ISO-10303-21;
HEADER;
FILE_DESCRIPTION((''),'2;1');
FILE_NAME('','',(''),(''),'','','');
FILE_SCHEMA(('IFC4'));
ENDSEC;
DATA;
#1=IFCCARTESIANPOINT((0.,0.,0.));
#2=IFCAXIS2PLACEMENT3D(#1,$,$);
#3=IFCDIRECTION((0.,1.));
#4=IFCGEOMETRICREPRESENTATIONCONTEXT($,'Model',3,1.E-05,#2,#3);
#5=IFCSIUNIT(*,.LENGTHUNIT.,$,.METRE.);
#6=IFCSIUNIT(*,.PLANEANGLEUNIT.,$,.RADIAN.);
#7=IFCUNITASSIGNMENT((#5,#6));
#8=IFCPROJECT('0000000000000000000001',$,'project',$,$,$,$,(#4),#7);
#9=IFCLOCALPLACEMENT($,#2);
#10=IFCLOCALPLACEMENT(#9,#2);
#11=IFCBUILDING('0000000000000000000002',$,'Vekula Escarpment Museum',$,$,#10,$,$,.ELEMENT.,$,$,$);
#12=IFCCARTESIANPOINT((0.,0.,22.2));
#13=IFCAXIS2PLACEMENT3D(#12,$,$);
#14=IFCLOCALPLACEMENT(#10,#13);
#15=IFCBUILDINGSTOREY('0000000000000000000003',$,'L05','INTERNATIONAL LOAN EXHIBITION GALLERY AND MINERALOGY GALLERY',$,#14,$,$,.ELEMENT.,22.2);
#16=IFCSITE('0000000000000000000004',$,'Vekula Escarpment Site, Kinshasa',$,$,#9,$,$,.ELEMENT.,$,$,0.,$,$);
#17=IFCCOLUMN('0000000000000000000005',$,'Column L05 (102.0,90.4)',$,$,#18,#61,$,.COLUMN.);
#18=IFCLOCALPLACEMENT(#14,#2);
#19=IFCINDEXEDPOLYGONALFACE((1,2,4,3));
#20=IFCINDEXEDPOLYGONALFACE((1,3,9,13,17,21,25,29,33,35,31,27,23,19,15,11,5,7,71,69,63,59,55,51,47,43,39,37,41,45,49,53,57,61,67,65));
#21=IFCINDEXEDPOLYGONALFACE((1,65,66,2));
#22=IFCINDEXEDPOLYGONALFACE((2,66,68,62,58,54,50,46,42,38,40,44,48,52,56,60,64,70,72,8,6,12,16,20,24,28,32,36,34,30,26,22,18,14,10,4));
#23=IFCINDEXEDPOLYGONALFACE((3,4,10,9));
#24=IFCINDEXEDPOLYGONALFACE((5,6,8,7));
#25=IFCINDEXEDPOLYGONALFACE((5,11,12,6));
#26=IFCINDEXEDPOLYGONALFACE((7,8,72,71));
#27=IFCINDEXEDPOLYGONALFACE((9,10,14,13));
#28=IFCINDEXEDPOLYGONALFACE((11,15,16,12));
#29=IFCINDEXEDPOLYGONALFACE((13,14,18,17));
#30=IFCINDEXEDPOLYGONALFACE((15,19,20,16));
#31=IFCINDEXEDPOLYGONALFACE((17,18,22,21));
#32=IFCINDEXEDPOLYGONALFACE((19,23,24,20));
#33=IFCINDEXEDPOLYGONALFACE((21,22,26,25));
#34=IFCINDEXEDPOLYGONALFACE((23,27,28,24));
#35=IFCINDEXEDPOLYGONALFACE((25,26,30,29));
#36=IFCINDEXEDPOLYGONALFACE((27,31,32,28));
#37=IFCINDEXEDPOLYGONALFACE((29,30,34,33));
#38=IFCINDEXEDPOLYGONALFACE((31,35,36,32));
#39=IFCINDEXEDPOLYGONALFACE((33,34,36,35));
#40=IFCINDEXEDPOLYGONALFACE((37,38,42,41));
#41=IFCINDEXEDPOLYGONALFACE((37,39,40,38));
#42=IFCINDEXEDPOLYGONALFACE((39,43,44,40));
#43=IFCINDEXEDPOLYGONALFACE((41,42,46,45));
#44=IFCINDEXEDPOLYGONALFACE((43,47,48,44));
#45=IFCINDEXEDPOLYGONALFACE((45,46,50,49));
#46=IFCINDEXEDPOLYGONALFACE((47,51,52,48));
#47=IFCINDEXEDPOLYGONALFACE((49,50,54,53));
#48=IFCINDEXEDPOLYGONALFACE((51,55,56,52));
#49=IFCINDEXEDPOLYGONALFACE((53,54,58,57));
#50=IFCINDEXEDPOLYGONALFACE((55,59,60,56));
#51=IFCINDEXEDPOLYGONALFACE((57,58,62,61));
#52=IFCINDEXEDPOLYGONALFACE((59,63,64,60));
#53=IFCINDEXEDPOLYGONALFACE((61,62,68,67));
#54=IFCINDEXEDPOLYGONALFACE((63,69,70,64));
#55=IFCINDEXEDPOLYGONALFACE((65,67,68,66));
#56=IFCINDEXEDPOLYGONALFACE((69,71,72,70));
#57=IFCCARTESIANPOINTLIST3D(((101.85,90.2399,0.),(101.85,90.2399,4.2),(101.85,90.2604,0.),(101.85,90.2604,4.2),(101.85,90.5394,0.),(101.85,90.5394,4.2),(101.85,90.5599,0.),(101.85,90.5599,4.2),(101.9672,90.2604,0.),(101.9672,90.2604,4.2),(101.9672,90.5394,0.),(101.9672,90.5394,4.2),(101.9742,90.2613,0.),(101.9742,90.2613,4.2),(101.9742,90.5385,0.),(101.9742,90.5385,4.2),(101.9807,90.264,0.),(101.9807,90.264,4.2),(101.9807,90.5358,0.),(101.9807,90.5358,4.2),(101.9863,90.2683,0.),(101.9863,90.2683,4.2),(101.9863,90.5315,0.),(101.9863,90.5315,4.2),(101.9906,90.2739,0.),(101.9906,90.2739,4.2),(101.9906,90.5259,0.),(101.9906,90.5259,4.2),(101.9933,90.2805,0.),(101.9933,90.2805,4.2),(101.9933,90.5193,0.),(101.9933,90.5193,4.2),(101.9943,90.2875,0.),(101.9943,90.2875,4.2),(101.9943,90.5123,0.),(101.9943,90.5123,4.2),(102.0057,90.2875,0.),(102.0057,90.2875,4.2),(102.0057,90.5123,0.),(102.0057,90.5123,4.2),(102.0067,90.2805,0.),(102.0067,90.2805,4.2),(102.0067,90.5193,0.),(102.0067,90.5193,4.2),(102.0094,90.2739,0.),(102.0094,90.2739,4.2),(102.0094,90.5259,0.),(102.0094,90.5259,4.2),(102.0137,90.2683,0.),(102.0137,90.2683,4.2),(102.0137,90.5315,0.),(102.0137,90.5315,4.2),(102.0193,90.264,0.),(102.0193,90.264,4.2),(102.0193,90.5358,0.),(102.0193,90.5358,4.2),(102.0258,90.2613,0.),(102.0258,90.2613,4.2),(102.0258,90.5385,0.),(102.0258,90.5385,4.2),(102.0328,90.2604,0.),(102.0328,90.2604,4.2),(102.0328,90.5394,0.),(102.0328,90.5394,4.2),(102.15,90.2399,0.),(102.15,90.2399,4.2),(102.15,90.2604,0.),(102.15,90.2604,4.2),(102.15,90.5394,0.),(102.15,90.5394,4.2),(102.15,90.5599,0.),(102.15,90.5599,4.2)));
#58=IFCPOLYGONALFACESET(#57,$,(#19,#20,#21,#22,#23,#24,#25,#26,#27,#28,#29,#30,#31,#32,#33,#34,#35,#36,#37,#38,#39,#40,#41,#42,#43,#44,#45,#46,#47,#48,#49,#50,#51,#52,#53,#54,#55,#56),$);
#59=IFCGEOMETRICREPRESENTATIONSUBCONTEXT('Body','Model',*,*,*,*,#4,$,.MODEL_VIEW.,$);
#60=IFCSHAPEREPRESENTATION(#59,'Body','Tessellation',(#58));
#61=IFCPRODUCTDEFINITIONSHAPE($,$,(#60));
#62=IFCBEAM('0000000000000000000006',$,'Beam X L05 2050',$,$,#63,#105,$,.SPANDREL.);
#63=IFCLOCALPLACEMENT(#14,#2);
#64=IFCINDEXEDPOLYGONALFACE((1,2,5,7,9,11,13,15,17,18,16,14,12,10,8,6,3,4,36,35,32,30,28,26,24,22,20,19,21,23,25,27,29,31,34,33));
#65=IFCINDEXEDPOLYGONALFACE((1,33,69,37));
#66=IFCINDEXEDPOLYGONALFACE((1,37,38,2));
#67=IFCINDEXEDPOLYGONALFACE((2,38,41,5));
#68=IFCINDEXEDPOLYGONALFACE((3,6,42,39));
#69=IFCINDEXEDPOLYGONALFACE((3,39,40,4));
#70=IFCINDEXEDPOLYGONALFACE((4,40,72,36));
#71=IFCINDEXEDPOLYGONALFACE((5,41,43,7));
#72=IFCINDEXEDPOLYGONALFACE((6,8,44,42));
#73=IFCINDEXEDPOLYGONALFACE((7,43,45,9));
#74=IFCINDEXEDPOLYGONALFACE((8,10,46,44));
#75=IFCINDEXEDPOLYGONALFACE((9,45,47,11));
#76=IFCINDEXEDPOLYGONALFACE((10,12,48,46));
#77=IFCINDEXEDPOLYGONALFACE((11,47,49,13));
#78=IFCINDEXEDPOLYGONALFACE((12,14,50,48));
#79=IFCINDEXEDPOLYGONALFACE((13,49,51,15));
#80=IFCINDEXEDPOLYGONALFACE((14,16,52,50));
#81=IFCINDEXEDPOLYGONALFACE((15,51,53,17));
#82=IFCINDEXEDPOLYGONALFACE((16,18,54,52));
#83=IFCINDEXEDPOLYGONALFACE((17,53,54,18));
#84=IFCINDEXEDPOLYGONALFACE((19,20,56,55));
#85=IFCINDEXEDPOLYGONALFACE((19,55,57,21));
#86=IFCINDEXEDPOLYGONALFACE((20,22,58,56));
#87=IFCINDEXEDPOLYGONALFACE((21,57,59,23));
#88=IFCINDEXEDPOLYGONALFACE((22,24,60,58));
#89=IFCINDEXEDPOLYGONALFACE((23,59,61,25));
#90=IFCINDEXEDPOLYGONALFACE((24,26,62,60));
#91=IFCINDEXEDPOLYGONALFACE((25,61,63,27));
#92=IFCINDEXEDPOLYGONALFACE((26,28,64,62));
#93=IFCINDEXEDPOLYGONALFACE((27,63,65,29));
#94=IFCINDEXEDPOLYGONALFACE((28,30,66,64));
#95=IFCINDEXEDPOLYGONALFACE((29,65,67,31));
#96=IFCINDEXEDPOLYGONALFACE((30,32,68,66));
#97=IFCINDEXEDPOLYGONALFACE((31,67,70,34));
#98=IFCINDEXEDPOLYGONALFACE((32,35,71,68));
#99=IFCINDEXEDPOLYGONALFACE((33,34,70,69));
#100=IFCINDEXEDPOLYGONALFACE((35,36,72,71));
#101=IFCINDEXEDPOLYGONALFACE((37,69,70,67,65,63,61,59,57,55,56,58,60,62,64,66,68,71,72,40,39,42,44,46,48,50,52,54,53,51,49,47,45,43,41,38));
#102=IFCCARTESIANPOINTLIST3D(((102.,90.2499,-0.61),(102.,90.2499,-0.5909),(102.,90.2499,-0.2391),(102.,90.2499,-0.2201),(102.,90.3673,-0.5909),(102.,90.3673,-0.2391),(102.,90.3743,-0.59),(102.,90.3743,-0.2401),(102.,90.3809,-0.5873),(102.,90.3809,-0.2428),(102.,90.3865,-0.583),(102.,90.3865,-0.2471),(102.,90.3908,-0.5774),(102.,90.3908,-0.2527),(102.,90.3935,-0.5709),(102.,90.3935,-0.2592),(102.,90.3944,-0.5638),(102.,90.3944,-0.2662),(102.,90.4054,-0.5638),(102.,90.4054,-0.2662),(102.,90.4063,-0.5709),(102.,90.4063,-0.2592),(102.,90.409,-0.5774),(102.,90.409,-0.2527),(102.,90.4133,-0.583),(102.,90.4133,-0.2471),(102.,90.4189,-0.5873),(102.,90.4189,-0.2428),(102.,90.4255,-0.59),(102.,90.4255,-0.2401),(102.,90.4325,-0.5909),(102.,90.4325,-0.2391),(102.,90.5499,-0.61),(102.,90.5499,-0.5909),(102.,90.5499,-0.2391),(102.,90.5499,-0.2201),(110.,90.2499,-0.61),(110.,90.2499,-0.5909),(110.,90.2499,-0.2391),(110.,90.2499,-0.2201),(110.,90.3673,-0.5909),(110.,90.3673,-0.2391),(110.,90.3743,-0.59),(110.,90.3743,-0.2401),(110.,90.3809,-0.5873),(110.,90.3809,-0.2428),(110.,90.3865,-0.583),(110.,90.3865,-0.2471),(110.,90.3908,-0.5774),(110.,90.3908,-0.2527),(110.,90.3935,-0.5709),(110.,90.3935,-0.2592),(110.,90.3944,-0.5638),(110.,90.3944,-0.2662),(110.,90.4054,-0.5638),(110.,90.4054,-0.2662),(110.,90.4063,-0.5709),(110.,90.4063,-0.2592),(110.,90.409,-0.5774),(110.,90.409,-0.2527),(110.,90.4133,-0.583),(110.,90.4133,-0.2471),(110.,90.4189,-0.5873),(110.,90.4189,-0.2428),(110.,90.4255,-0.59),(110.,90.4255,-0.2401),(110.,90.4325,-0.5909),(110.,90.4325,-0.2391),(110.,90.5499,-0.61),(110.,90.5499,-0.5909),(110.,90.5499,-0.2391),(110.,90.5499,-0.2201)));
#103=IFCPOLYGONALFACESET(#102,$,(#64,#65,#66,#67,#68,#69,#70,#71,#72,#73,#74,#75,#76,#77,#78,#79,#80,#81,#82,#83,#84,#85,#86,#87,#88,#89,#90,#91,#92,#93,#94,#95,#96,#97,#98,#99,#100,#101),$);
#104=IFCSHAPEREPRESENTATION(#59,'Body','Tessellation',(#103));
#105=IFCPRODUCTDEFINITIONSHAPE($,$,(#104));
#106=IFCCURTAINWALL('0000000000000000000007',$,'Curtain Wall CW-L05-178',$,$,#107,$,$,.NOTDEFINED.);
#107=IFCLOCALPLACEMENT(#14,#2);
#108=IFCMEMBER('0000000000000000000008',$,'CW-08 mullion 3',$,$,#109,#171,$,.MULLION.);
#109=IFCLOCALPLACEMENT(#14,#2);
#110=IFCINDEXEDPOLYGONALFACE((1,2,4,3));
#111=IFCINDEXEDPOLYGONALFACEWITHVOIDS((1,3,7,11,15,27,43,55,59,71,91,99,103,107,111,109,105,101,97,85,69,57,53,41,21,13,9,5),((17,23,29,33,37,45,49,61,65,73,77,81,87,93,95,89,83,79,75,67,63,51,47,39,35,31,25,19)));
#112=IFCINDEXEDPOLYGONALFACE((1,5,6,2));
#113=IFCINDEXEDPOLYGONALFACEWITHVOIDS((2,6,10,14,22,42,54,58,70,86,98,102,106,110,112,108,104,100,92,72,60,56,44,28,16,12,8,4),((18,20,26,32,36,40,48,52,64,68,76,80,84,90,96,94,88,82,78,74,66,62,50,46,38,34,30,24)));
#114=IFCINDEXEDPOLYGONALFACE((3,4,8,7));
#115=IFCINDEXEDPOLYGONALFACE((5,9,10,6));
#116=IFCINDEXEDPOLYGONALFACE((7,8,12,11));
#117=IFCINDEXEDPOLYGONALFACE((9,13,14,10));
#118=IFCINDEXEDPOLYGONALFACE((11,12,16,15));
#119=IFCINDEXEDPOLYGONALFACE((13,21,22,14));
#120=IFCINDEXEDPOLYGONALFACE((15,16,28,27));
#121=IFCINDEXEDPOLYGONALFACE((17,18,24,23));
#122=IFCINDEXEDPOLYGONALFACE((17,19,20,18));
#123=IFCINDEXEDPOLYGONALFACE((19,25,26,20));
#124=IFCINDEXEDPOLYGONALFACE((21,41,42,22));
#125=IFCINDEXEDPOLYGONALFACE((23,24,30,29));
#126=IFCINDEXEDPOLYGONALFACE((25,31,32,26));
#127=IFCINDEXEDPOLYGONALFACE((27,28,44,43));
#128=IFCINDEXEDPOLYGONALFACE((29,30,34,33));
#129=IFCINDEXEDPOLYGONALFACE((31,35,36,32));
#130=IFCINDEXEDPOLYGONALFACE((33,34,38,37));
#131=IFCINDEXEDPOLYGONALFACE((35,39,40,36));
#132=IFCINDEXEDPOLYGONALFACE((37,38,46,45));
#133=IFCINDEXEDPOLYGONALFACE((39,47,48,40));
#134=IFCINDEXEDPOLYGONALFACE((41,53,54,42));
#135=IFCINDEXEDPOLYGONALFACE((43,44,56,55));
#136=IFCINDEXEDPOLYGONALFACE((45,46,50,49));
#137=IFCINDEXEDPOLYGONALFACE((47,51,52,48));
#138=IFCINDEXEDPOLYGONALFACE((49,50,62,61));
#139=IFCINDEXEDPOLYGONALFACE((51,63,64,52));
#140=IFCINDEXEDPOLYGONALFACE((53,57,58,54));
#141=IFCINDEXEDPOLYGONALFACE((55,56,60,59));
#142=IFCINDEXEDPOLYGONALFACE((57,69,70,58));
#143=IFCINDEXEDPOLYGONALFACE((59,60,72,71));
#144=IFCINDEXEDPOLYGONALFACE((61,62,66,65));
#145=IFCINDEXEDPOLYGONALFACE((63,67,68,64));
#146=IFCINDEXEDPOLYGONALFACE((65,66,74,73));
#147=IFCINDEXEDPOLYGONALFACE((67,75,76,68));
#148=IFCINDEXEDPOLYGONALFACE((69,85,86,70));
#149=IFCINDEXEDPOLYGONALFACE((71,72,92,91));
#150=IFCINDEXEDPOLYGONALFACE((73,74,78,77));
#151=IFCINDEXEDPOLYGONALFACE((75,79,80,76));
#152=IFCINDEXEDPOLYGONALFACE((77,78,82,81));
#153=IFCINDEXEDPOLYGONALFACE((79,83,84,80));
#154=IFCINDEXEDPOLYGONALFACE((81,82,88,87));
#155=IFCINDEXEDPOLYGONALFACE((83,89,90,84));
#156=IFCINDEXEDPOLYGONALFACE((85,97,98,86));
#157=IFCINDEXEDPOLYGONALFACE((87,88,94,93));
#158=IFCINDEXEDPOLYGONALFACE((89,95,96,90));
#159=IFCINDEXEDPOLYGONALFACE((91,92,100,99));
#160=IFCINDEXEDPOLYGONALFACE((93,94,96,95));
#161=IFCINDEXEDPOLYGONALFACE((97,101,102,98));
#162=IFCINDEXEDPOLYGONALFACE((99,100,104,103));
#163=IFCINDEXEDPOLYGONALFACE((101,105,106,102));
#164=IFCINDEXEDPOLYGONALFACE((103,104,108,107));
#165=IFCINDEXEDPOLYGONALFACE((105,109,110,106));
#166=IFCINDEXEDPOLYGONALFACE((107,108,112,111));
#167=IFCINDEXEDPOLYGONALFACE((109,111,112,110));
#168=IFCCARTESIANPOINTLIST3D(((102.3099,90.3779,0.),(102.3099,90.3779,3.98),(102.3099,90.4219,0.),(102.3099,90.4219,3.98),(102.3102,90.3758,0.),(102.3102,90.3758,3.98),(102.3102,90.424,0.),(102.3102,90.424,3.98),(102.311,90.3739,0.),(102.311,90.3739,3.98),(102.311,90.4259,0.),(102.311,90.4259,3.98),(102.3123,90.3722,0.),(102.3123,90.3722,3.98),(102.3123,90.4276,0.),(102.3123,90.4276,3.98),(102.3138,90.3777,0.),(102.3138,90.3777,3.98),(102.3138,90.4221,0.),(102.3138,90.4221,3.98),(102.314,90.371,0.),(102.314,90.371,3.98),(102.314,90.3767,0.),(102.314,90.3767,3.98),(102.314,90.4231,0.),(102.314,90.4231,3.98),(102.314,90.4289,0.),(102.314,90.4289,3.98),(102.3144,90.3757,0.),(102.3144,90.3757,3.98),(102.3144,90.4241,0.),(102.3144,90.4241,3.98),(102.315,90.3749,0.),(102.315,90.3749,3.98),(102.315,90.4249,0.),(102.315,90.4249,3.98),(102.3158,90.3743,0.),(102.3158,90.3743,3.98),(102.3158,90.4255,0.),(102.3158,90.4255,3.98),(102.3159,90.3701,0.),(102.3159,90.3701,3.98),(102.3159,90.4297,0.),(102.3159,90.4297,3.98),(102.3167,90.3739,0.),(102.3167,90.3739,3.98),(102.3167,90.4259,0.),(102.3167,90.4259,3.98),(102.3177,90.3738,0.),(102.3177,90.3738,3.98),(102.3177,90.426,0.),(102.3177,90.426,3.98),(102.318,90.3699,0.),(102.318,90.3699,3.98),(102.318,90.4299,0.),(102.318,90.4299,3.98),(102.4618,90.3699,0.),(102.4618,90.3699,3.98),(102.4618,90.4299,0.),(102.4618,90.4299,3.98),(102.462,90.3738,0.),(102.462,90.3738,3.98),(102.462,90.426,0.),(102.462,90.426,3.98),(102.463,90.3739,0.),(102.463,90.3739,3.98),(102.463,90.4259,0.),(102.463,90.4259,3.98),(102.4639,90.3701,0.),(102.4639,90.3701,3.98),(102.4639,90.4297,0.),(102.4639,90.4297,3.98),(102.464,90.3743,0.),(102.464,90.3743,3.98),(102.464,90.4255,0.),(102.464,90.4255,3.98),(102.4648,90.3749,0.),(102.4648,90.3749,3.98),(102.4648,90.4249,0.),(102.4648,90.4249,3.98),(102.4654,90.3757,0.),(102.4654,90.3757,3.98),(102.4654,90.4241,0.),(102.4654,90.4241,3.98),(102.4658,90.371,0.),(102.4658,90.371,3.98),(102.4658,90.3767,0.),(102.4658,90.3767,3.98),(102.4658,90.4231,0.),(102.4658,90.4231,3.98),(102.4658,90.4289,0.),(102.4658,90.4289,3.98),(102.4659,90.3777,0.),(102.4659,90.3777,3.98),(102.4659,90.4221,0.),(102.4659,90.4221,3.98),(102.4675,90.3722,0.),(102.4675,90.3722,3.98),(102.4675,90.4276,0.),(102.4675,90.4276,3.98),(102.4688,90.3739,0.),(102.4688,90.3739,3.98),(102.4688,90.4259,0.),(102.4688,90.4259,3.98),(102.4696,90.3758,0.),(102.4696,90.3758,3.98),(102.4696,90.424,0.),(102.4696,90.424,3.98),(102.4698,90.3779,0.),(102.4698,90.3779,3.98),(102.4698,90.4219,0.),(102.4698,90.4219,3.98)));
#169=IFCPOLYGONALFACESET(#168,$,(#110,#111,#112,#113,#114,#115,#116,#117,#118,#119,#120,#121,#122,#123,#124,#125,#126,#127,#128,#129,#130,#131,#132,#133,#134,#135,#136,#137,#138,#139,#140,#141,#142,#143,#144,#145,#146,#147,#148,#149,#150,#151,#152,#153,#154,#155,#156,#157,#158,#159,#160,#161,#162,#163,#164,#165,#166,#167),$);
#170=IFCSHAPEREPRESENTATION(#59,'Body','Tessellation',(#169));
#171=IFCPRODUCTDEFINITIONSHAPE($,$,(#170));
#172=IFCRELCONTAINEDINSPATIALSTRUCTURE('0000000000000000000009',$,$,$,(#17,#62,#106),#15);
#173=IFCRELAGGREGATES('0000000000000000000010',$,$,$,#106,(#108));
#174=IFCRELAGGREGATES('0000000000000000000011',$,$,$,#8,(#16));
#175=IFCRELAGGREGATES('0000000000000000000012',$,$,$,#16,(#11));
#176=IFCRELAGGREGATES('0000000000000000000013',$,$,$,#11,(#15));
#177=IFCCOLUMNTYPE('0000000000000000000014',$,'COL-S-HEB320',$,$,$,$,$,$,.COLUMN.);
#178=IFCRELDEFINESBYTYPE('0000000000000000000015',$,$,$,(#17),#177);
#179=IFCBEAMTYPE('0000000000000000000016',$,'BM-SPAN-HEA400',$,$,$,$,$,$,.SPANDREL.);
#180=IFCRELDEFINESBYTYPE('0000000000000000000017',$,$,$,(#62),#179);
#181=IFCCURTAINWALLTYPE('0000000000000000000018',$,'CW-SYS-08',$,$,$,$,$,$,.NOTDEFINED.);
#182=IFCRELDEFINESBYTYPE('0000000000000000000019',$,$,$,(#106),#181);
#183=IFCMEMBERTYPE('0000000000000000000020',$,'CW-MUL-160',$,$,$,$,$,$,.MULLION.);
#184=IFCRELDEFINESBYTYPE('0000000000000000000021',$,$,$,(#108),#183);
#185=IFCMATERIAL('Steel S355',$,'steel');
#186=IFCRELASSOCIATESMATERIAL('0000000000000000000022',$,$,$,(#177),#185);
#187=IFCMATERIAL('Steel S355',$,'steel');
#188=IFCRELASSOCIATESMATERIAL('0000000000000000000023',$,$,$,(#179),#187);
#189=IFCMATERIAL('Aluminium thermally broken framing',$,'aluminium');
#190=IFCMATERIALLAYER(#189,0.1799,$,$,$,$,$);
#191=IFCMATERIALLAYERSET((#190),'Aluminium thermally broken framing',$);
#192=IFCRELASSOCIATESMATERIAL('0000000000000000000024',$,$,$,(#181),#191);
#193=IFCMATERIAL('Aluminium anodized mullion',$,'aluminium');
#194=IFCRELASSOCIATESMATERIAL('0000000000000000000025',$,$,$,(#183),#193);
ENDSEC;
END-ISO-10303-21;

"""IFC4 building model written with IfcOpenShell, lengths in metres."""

from ifc_helpers import new_model, si_unit, direction, frame, origin, origin_2d, place, context, subcontext, project, spatial, hollow_rectangle, i_section, extrude, material, layer, layer_set, material_profile, profile_set, type_object, element, aggregate, save


model = new_model("IFC4")

# Units and contexts
model_context = context("Model", 3, precision=1e-05, world=origin(), true_north=direction((0.0, 1.0)))
body_context = subcontext(model_context, "Body", "Model", "MODEL_VIEW")
ifc_project = project(units=[si_unit("LENGTHUNIT", "METRE"), si_unit("PLANEANGLEUNIT", "RADIAN")], contexts=[model_context])

# Site, building, storey
site_placement = place(None, origin())
site = spatial("IfcSite", under=ifc_project, at=site_placement, Name="Vekula Escarpment Site, Kinshasa", CompositionType="ELEMENT", RefElevation=0.0)
building_placement = place(site_placement, origin())
building = spatial("IfcBuilding", under=site, at=building_placement, Name="Vekula Escarpment Museum", CompositionType="ELEMENT")
storey_placement = place(building_placement, frame((0.0, 0.0, 22.2)))
storey = spatial("IfcBuildingStorey", under=building, at=storey_placement, Name="L05", Description="INTERNATIONAL LOAN EXHIBITION GALLERY AND MINERALOGY GALLERY", CompositionType="ELEMENT", Elevation=22.2)

# Column
ifc_material_1 = material(Name="Steel S355", Category="steel")
ifc_material_profile_1 = material_profile(ifc_material_1, i_section(OverallWidth=0.3, OverallDepth=0.3201, WebThickness=0.0115, FlangeThickness=0.0205, FilletRadius=0.0271, at=origin_2d()), Name="HEB 320")
ifc_profile_set_1 = profile_set([ifc_material_profile_1], Name="Steel S355")
column_type = type_object("IfcColumnType", Name="COL-S-HEB320", PredefinedType="COLUMN", material=ifc_profile_set_1)
column_placement = place(storey_placement, frame((102.0, 90.3999, 0.0), z_axis=(0.0, 0.0, 1.0), x_axis=(1.0, 0.0, 0.0)))
element("IfcColumn", 1, at=column_placement, inside=storey, type_object=column_type, Name="Column L05 (102.0,90.4)", PredefinedType="COLUMN", context=body_context, shape_type="SweptSolid", body=[
    extrude(i_section(OverallWidth=0.3, OverallDepth=0.3201, WebThickness=0.0115, FlangeThickness=0.0205, FilletRadius=0.0271, at=origin_2d()), origin(), (0.0, 0.0, 1.0), 4.2),
])

# Beam
ifc_material_2 = material(Name="Steel S355", Category="steel")
ifc_material_profile_2 = material_profile(ifc_material_2, i_section(OverallWidth=0.3, OverallDepth=0.3899, WebThickness=0.011, FlangeThickness=0.019, FilletRadius=0.0271, at=origin_2d()), Name="HEA 400")
ifc_profile_set_2 = profile_set([ifc_material_profile_2], Name="Steel S355")
beam_type = type_object("IfcBeamType", Name="BM-SPAN-HEA400", PredefinedType="SPANDREL", material=ifc_profile_set_2)
beam_placement = place(storey_placement, frame((102.0, 90.3999, -0.415), z_axis=(1.0, 0.0, 0.0), x_axis=(0.0, 1.0, 0.0)))
element("IfcBeam", 2, at=beam_placement, inside=storey, type_object=beam_type, Name="Beam X L05 2050", PredefinedType="SPANDREL", context=body_context, shape_type="SweptSolid", body=[
    extrude(i_section(OverallWidth=0.3, OverallDepth=0.3899, WebThickness=0.011, FlangeThickness=0.019, FilletRadius=0.0271, at=origin_2d()), origin(), (0.0, 0.0, 1.0), 8.0),
])

# Curtain wall, member
ifc_material_3 = material(Name="Aluminium thermally broken framing", Category="aluminium")
ifc_layer_1 = layer(ifc_material_3, 0.1799)
ifc_layer_set_1 = layer_set([ifc_layer_1], Name="Aluminium thermally broken framing")
curtain_wall_type_1 = type_object("IfcCurtainWallType", Name="CW-SYS-08", PredefinedType="NOTDEFINED", material=ifc_layer_set_1)
curtain_wall_1_placement = place(storey_placement, origin())
curtain_wall_1 = element("IfcCurtainWall", 3, at=curtain_wall_1_placement, inside=storey, type_object=curtain_wall_type_1, Name="Curtain Wall CW-L05-178", PredefinedType="NOTDEFINED")
ifc_material_4 = material(Name="Aluminium anodized mullion", Category="aluminium")
ifc_material_profile_3 = material_profile(ifc_material_4, hollow_rectangle(XDim=0.0601, YDim=0.1599, WallThickness=0.0039, InnerFilletRadius=0.0039, OuterFilletRadius=0.0081, at=origin_2d()), Name="ALU 160x60x4")
ifc_profile_set_3 = profile_set([ifc_material_profile_3], Name="Aluminium anodized mullion")
member_type_1 = type_object("IfcMemberType", Name="CW-MUL-160", PredefinedType="MULLION", material=ifc_profile_set_3)
member_1_placement = place(storey_placement, frame((102.3899, 90.3999, 0.0), z_axis=(0.0, 0.0, 1.0), x_axis=(0.0, -1.0, 0.0)))
member_1 = element("IfcMember", 4, at=member_1_placement, type_object=member_type_1, Name="CW-08 mullion 3", PredefinedType="MULLION", context=body_context, shape_type="SweptSolid", body=[
    extrude(hollow_rectangle(XDim=0.0601, YDim=0.1599, WallThickness=0.0039, InnerFilletRadius=0.0039, OuterFilletRadius=0.0081, at=origin_2d()), origin(), (0.0, 0.0, 1.0), 3.98),
])
aggregate(curtain_wall_1, [member_1])

save(model, "model.ifc")
